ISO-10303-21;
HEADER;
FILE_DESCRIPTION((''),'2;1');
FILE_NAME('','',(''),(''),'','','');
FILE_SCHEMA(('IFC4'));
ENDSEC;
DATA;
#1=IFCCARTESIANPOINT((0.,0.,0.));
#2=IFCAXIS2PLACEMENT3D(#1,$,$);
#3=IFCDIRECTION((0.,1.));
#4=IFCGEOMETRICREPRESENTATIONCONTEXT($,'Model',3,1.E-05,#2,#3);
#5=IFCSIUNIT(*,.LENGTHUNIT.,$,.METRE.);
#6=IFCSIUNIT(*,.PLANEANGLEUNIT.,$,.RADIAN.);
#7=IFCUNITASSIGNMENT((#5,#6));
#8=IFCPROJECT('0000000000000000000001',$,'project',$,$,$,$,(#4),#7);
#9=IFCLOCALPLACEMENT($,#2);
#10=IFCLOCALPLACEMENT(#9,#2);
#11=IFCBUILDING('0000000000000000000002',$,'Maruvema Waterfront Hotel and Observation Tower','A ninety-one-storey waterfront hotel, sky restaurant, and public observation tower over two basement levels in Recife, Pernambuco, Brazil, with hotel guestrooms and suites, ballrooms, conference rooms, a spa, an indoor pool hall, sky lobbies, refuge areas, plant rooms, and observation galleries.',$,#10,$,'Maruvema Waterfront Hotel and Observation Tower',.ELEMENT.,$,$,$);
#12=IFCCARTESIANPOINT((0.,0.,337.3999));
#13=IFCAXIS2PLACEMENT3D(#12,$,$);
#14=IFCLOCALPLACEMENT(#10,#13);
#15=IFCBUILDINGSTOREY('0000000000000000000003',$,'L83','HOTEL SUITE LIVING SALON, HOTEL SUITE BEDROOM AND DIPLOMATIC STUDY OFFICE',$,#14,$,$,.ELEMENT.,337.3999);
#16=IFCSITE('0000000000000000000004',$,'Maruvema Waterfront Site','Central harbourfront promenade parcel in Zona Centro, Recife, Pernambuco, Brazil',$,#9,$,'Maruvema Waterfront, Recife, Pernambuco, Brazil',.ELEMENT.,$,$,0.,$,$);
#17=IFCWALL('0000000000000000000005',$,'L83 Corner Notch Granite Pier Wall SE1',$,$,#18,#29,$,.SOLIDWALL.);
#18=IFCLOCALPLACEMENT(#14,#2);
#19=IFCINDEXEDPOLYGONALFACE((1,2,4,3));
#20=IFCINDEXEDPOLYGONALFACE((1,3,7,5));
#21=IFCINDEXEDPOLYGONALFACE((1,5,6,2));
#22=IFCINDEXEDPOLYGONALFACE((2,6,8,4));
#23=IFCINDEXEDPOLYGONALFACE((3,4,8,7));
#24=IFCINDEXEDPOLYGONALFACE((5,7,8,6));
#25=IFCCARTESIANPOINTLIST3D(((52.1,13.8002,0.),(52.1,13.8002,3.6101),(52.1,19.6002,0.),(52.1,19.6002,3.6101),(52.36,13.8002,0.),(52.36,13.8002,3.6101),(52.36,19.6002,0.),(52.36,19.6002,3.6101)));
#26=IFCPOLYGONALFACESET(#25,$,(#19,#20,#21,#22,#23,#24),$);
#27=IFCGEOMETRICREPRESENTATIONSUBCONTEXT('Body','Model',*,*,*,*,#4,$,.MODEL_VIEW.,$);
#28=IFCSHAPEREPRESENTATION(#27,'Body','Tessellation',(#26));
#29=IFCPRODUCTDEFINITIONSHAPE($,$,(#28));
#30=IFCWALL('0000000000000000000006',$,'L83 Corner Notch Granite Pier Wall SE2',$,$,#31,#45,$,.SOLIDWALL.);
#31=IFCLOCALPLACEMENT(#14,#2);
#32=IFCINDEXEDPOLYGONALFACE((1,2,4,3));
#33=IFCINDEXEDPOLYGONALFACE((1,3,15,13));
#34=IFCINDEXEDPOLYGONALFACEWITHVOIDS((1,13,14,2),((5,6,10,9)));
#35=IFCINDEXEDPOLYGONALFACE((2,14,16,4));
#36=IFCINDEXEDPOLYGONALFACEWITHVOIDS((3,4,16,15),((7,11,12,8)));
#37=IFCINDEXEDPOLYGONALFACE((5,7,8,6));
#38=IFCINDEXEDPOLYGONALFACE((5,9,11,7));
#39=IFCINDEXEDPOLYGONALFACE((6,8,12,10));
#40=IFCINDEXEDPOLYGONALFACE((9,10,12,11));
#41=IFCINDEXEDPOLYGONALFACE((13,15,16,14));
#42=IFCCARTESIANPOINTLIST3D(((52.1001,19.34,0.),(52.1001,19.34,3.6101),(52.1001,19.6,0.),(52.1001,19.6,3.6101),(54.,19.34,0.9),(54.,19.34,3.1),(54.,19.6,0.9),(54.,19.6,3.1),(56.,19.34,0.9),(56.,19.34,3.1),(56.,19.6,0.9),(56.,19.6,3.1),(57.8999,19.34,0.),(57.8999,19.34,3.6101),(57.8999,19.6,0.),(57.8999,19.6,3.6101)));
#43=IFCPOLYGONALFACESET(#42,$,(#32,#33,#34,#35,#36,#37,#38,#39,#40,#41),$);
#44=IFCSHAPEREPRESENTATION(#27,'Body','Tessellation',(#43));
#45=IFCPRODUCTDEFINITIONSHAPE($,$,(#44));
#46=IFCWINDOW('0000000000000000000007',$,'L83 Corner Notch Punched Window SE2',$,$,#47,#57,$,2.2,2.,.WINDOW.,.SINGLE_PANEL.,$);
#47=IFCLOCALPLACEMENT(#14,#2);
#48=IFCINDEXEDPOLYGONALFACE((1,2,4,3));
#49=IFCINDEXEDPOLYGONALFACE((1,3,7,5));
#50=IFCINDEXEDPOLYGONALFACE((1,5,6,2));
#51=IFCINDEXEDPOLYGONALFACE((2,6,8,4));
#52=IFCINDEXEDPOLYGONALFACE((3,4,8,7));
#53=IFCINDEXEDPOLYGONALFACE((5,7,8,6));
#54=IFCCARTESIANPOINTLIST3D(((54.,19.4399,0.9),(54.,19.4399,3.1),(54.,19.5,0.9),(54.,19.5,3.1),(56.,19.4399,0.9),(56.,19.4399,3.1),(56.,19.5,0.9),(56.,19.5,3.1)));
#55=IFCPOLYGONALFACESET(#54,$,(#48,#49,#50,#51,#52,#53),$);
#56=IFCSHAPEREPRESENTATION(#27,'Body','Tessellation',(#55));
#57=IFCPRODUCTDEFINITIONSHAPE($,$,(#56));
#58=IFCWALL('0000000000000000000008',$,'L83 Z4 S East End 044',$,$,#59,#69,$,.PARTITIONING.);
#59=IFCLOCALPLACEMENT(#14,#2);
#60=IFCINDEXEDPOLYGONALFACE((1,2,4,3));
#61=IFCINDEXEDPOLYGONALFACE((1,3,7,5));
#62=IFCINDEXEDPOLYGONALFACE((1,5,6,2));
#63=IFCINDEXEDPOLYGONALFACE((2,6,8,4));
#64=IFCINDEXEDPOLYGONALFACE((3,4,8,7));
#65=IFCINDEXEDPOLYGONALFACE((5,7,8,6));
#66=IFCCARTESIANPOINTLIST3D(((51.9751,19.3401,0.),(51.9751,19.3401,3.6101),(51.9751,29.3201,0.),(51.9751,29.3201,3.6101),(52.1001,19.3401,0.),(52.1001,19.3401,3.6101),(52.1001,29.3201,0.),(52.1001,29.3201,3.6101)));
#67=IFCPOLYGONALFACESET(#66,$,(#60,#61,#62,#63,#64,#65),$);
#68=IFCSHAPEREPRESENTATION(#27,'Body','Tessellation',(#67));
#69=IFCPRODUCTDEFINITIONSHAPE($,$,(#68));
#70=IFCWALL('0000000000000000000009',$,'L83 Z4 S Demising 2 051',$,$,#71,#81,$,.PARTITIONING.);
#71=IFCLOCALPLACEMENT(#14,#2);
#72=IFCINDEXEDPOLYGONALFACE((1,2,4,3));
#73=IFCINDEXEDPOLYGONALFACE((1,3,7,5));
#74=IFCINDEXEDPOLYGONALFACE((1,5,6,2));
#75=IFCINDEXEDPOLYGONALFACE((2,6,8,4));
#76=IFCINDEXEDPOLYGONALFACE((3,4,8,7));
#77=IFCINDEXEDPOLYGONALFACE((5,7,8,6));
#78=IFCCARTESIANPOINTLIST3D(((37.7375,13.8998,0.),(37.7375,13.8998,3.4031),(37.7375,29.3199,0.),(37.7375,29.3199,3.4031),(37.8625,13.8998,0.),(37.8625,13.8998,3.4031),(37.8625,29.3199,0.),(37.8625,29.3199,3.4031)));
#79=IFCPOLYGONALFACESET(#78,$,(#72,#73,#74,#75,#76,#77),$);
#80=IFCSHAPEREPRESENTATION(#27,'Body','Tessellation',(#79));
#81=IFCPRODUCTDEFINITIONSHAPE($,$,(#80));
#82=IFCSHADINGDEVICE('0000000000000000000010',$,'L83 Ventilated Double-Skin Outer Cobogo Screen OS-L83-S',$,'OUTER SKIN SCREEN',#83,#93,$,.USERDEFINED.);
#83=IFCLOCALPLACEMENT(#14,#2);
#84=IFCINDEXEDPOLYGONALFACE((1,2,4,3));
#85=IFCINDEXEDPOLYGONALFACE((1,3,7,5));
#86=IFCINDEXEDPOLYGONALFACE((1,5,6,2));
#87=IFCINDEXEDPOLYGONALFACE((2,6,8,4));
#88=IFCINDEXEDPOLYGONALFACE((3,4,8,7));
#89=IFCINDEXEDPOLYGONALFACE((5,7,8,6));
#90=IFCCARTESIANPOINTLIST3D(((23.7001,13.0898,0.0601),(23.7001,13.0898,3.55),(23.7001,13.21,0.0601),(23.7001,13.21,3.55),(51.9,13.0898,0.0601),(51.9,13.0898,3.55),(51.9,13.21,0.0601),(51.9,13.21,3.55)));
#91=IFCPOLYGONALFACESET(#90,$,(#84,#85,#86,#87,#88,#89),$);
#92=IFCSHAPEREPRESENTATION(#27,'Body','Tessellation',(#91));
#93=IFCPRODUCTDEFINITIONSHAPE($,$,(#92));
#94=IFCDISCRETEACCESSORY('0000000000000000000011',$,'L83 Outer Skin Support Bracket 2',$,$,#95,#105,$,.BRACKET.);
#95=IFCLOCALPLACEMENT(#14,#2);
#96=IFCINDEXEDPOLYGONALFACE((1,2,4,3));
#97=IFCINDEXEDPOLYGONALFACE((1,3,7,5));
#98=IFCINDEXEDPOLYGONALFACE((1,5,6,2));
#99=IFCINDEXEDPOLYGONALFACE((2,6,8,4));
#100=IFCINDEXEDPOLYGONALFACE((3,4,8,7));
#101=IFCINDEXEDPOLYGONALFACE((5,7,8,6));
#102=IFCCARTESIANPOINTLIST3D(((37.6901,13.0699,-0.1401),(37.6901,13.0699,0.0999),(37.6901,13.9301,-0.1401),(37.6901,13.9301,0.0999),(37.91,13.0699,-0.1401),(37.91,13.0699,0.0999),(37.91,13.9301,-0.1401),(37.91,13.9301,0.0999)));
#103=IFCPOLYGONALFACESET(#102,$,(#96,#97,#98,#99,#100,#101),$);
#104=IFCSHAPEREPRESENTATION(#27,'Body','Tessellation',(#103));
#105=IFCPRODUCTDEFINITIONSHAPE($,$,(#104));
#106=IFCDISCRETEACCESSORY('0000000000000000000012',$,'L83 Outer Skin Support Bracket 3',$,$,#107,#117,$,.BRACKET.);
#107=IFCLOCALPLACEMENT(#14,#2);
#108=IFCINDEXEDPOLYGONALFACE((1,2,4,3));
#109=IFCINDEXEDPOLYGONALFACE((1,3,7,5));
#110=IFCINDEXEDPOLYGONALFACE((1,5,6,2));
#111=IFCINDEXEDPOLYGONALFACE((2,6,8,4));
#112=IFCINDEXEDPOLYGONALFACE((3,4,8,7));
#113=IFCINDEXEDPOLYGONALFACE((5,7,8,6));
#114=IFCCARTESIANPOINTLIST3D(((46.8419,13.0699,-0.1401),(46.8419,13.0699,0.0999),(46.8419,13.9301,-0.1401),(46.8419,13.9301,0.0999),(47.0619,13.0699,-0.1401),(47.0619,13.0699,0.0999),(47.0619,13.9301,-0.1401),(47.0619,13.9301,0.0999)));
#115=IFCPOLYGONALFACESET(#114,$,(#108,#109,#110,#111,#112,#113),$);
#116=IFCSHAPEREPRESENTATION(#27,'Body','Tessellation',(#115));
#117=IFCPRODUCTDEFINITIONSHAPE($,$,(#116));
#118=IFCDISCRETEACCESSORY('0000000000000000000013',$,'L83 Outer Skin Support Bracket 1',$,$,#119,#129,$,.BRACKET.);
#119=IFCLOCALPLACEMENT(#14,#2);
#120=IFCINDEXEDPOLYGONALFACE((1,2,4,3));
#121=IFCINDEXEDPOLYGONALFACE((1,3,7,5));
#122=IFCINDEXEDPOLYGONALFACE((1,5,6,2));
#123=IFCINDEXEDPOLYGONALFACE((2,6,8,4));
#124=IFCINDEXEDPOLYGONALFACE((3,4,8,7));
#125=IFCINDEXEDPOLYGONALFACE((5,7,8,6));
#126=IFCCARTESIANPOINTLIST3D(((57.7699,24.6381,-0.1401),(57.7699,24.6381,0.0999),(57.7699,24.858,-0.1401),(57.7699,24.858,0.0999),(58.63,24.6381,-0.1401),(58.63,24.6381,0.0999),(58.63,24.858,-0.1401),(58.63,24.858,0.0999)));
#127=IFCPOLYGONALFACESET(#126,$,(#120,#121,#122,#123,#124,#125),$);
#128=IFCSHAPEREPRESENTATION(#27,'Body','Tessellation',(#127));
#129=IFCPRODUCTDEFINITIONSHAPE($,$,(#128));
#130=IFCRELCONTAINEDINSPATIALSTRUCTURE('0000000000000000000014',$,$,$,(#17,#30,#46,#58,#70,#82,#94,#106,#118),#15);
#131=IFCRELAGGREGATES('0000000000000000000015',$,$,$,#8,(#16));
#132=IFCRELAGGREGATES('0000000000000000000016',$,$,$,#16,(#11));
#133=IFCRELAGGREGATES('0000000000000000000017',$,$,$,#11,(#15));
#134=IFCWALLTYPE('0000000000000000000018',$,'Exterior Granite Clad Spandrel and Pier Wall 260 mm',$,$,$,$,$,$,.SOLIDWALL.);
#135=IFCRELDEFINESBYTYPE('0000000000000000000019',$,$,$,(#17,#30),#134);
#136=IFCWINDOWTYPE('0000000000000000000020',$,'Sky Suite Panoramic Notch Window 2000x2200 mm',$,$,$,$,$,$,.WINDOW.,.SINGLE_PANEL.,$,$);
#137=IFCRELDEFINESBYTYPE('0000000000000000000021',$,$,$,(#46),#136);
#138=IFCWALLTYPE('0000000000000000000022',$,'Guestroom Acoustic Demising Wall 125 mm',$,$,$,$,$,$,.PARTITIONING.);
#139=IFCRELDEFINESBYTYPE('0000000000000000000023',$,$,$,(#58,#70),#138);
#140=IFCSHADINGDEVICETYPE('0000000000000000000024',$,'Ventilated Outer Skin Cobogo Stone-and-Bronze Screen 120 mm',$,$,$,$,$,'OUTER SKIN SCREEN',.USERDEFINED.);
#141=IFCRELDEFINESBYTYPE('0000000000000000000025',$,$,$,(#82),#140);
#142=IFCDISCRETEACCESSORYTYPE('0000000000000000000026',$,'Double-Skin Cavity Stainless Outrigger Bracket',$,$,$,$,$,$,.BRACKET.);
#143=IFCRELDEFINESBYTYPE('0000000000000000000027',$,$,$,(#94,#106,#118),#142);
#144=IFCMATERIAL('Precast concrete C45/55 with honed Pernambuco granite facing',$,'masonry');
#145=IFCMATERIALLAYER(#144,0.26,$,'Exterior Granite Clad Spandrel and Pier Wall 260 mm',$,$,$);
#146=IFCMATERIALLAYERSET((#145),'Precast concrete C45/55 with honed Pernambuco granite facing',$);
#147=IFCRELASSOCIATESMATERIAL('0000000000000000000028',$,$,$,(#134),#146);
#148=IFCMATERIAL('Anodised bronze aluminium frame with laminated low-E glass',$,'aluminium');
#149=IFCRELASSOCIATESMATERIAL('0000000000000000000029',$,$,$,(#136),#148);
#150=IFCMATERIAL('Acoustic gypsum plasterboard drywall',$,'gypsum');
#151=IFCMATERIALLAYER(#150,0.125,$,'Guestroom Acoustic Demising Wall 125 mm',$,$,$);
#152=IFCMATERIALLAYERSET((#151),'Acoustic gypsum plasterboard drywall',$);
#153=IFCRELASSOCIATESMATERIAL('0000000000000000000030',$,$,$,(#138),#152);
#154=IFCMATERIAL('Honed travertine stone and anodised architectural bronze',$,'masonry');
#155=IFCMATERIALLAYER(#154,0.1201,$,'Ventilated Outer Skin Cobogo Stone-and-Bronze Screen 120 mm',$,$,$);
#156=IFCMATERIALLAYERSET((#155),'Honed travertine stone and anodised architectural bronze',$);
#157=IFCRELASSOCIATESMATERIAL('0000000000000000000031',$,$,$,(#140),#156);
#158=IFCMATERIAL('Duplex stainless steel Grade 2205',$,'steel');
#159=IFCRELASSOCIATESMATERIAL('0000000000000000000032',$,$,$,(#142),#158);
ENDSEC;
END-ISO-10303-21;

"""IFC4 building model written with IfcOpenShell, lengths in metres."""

from ifc_helpers import new_model, si_unit, direction, frame, frame_2d, origin, origin_2d, place, context, subcontext, project, spatial, rectangle, extrude, material, layer, layer_set, type_object, element, fill, save


model = new_model("IFC4")

# Units and contexts
model_context = context("Model", 3, precision=1e-05, world=origin(), true_north=direction((0.0, 1.0)))
body_context = subcontext(model_context, "Body", "Model", "MODEL_VIEW")
ifc_project = project(units=[si_unit("LENGTHUNIT", "METRE"), si_unit("PLANEANGLEUNIT", "RADIAN")], contexts=[model_context])

# Site, building, storey
site_placement = place(None, origin())
site = spatial("IfcSite", under=ifc_project, at=site_placement, Name="Maruvema Waterfront Site", Description="Central harbourfront promenade parcel in Zona Centro, Recife, Pernambuco, Brazil", LongName="Maruvema Waterfront, Recife, Pernambuco, Brazil", CompositionType="ELEMENT", RefElevation=0.0)
building_placement = place(site_placement, origin())
building = spatial("IfcBuilding", under=site, at=building_placement, Name="Maruvema Waterfront Hotel and Observation Tower", Description="A ninety-one-storey waterfront hotel, sky restaurant, and public observation tower over two basement levels in Recife, Pernambuco, Brazil, with hotel guestrooms and suites, ballrooms, conference rooms, a spa, an indoor pool hall, sky lobbies, refuge areas, plant rooms, and observation galleries.", LongName="Maruvema Waterfront Hotel and Observation Tower", CompositionType="ELEMENT")
storey_placement = place(building_placement, frame((0.0, 0.0, 337.3999)))
storey = spatial("IfcBuildingStorey", under=building, at=storey_placement, Name="L83", Description="HOTEL SUITE LIVING SALON, HOTEL SUITE BEDROOM AND DIPLOMATIC STUDY OFFICE", CompositionType="ELEMENT", Elevation=337.3999)

# Wall
ifc_material_1 = material(Name="Precast concrete C45/55 with honed Pernambuco granite facing", Category="masonry")
ifc_layer_1 = layer(ifc_material_1, 0.26, Name="Exterior Granite Clad Spandrel and Pier Wall 260 mm")
ifc_layer_set_1 = layer_set([ifc_layer_1], Name="Precast concrete C45/55 with honed Pernambuco granite facing")
wall_type_1 = type_object("IfcWallType", Name="Exterior Granite Clad Spandrel and Pier Wall 260 mm", PredefinedType="SOLIDWALL", material=ifc_layer_set_1)
wall_1_placement = place(storey_placement, frame((52.23, 19.6001, 0.0), z_axis=(0.0, 0.0, 1.0), x_axis=(0.0, -1.0, 0.0)))
element("IfcWall", 1, at=wall_1_placement, inside=storey, type_object=wall_type_1, Name="L83 Corner Notch Granite Pier Wall SE1", PredefinedType="SOLIDWALL", context=body_context, shape_type="SweptSolid", body=[
    extrude(rectangle(XDim=5.8, YDim=0.26, at=frame_2d((2.8999, 0.0))), origin(), (0.0, 0.0, 1.0), 3.6101),
])

# Wall, opening, window
wall_2_placement = place(storey_placement, frame((57.8999, 19.47, 0.0), z_axis=(0.0, 0.0, 1.0), x_axis=(-1.0, 0.0, 0.0)))
wall_2 = element("IfcWall", 2, at=wall_2_placement, inside=storey, type_object=wall_type_1, Name="L83 Corner Notch Granite Pier Wall SE2", PredefinedType="SOLIDWALL", context=body_context, shape_type="SweptSolid", body=[
    extrude(rectangle(XDim=5.7998, YDim=0.26, at=frame_2d((2.8999, 0.0))), origin(), (0.0, 0.0, 1.0), 3.6101),
])
opening_1_placement = place(wall_2_placement, frame((1.8999, 0.0, 0.8999)))
opening_1 = element("IfcOpeningElement", 3, at=opening_1_placement, cuts=wall_2, PredefinedType="OPENING", context=body_context, shape_type="SweptSolid", body=[
    extrude(rectangle(XDim=2.0, YDim=2.2, at=frame_2d((1.0, 1.1001))), frame((0.0, 0.1401, 0.0), z_axis=(0.0, -1.0, 0.0), x_axis=(1.0, 0.0, 0.0)), (0.0, 0.0, 1.0), 0.28),
])
ifc_material_2 = material(Name="Anodised bronze aluminium frame with laminated low-E glass", Category="aluminium")
window_type = type_object("IfcWindowType", Name="Sky Suite Panoramic Notch Window 2000x2200 mm", PartitioningType="SINGLE_PANEL", PredefinedType="WINDOW", material=ifc_material_2)
window_placement = place(opening_1_placement, origin())
window = element("IfcWindow", 4, at=window_placement, inside=storey, type_object=window_type, Name="L83 Corner Notch Punched Window SE2", OverallHeight=2.2, OverallWidth=2.0, PartitioningType="SINGLE_PANEL", PredefinedType="WINDOW", context=body_context, shape_type="SweptSolid", body=[
    extrude(rectangle(XDim=2.0, YDim=2.2, at=frame_2d((1.0, 1.1001))), frame((0.0, 0.03, 0.0), z_axis=(0.0, -1.0, 0.0), x_axis=(1.0, 0.0, 0.0)), (0.0, 0.0, 1.0), 0.0601),
])
fill(opening_1, window)

# Walls
ifc_material_3 = material(Name="Acoustic gypsum plasterboard drywall", Category="gypsum")
ifc_layer_2 = layer(ifc_material_3, 0.125, Name="Guestroom Acoustic Demising Wall 125 mm")
ifc_layer_set_2 = layer_set([ifc_layer_2], Name="Acoustic gypsum plasterboard drywall")
wall_type_2 = type_object("IfcWallType", Name="Guestroom Acoustic Demising Wall 125 mm", PredefinedType="PARTITIONING", material=ifc_layer_set_2)
wall_3_placement = place(storey_placement, frame((52.0376, 19.3401, 0.0), z_axis=(0.0, 0.0, 1.0), x_axis=(0.0, 1.0, 0.0)))
element("IfcWall", 5, at=wall_3_placement, inside=storey, type_object=wall_type_2, Name="L83 Z4 S East End 044", PredefinedType="PARTITIONING", context=body_context, shape_type="SweptSolid", body=[
    extrude(rectangle(XDim=9.98, YDim=0.125, at=frame_2d((4.99, 0.0))), origin(), (0.0, 0.0, 1.0), 3.6101),
])
wall_4_placement = place(storey_placement, frame((37.8, 13.8999, 0.0), z_axis=(0.0, 0.0, 1.0), x_axis=(0.0, 1.0, 0.0)))
element("IfcWall", 6, at=wall_4_placement, inside=storey, type_object=wall_type_2, Name="L83 Z4 S Demising 2 051", PredefinedType="PARTITIONING", context=body_context, shape_type="SweptSolid", body=[
    extrude(rectangle(XDim=15.4202, YDim=0.125, at=frame_2d((7.71, 0.0))), origin(), (0.0, 0.0, 1.0), 3.4031),
])

# Shading device
ifc_material_4 = material(Name="Honed travertine stone and anodised architectural bronze", Category="masonry")
ifc_layer_3 = layer(ifc_material_4, 0.1201, Name="Ventilated Outer Skin Cobogo Stone-and-Bronze Screen 120 mm")
ifc_layer_set_3 = layer_set([ifc_layer_3], Name="Honed travertine stone and anodised architectural bronze")
shading_device_type = type_object("IfcShadingDeviceType", Name="Ventilated Outer Skin Cobogo Stone-and-Bronze Screen 120 mm", ElementType="OUTER SKIN SCREEN", PredefinedType="USERDEFINED", material=ifc_layer_set_3)
shading_device_placement = place(storey_placement, frame((37.8, 13.1499, 0.0601), z_axis=(0.0, 0.0, 1.0), x_axis=(1.0, 0.0, 0.0)))
element("IfcShadingDevice", 7, at=shading_device_placement, inside=storey, type_object=shading_device_type, Name="L83 Ventilated Double-Skin Outer Cobogo Screen OS-L83-S", ObjectType="OUTER SKIN SCREEN", PredefinedType="USERDEFINED", context=body_context, shape_type="SweptSolid", body=[
    extrude(rectangle(XDim=28.2, YDim=0.1201, at=origin_2d()), origin(), (0.0, 0.0, 1.0), 3.49),
])

# Discrete accessories
ifc_material_5 = material(Name="Duplex stainless steel Grade 2205", Category="steel")
discrete_accessory_type = type_object("IfcDiscreteAccessoryType", Name="Double-Skin Cavity Stainless Outrigger Bracket", PredefinedType="BRACKET", material=ifc_material_5)
for number, where, z_axis, x_axis, name in (
    (8, (37.8, 13.5, -0.1401), (0.0, 0.0, 1.0), (1.0, 0.0, 0.0), "L83 Outer Skin Support Bracket 2"),
    (9, (46.9519, 13.5, -0.1401), (0.0, 0.0, 1.0), (1.0, 0.0, 0.0), "L83 Outer Skin Support Bracket 3"),
    (10, (58.2, 24.748, -0.1401), (0.0, 0.0, 1.0), (0.0, 1.0, 0.0), "L83 Outer Skin Support Bracket 1"),
):
    element("IfcDiscreteAccessory", number, at=place(storey_placement, frame(where, z_axis=z_axis, x_axis=x_axis)), inside=storey, type_object=discrete_accessory_type, Name=name, PredefinedType="BRACKET", context=body_context, shape_type="SweptSolid", body=[
        extrude(rectangle(XDim=0.22, YDim=0.8601, at=origin_2d()), origin(), (0.0, 0.0, 1.0), 0.24),
    ])

save(model, "model.ifc")
